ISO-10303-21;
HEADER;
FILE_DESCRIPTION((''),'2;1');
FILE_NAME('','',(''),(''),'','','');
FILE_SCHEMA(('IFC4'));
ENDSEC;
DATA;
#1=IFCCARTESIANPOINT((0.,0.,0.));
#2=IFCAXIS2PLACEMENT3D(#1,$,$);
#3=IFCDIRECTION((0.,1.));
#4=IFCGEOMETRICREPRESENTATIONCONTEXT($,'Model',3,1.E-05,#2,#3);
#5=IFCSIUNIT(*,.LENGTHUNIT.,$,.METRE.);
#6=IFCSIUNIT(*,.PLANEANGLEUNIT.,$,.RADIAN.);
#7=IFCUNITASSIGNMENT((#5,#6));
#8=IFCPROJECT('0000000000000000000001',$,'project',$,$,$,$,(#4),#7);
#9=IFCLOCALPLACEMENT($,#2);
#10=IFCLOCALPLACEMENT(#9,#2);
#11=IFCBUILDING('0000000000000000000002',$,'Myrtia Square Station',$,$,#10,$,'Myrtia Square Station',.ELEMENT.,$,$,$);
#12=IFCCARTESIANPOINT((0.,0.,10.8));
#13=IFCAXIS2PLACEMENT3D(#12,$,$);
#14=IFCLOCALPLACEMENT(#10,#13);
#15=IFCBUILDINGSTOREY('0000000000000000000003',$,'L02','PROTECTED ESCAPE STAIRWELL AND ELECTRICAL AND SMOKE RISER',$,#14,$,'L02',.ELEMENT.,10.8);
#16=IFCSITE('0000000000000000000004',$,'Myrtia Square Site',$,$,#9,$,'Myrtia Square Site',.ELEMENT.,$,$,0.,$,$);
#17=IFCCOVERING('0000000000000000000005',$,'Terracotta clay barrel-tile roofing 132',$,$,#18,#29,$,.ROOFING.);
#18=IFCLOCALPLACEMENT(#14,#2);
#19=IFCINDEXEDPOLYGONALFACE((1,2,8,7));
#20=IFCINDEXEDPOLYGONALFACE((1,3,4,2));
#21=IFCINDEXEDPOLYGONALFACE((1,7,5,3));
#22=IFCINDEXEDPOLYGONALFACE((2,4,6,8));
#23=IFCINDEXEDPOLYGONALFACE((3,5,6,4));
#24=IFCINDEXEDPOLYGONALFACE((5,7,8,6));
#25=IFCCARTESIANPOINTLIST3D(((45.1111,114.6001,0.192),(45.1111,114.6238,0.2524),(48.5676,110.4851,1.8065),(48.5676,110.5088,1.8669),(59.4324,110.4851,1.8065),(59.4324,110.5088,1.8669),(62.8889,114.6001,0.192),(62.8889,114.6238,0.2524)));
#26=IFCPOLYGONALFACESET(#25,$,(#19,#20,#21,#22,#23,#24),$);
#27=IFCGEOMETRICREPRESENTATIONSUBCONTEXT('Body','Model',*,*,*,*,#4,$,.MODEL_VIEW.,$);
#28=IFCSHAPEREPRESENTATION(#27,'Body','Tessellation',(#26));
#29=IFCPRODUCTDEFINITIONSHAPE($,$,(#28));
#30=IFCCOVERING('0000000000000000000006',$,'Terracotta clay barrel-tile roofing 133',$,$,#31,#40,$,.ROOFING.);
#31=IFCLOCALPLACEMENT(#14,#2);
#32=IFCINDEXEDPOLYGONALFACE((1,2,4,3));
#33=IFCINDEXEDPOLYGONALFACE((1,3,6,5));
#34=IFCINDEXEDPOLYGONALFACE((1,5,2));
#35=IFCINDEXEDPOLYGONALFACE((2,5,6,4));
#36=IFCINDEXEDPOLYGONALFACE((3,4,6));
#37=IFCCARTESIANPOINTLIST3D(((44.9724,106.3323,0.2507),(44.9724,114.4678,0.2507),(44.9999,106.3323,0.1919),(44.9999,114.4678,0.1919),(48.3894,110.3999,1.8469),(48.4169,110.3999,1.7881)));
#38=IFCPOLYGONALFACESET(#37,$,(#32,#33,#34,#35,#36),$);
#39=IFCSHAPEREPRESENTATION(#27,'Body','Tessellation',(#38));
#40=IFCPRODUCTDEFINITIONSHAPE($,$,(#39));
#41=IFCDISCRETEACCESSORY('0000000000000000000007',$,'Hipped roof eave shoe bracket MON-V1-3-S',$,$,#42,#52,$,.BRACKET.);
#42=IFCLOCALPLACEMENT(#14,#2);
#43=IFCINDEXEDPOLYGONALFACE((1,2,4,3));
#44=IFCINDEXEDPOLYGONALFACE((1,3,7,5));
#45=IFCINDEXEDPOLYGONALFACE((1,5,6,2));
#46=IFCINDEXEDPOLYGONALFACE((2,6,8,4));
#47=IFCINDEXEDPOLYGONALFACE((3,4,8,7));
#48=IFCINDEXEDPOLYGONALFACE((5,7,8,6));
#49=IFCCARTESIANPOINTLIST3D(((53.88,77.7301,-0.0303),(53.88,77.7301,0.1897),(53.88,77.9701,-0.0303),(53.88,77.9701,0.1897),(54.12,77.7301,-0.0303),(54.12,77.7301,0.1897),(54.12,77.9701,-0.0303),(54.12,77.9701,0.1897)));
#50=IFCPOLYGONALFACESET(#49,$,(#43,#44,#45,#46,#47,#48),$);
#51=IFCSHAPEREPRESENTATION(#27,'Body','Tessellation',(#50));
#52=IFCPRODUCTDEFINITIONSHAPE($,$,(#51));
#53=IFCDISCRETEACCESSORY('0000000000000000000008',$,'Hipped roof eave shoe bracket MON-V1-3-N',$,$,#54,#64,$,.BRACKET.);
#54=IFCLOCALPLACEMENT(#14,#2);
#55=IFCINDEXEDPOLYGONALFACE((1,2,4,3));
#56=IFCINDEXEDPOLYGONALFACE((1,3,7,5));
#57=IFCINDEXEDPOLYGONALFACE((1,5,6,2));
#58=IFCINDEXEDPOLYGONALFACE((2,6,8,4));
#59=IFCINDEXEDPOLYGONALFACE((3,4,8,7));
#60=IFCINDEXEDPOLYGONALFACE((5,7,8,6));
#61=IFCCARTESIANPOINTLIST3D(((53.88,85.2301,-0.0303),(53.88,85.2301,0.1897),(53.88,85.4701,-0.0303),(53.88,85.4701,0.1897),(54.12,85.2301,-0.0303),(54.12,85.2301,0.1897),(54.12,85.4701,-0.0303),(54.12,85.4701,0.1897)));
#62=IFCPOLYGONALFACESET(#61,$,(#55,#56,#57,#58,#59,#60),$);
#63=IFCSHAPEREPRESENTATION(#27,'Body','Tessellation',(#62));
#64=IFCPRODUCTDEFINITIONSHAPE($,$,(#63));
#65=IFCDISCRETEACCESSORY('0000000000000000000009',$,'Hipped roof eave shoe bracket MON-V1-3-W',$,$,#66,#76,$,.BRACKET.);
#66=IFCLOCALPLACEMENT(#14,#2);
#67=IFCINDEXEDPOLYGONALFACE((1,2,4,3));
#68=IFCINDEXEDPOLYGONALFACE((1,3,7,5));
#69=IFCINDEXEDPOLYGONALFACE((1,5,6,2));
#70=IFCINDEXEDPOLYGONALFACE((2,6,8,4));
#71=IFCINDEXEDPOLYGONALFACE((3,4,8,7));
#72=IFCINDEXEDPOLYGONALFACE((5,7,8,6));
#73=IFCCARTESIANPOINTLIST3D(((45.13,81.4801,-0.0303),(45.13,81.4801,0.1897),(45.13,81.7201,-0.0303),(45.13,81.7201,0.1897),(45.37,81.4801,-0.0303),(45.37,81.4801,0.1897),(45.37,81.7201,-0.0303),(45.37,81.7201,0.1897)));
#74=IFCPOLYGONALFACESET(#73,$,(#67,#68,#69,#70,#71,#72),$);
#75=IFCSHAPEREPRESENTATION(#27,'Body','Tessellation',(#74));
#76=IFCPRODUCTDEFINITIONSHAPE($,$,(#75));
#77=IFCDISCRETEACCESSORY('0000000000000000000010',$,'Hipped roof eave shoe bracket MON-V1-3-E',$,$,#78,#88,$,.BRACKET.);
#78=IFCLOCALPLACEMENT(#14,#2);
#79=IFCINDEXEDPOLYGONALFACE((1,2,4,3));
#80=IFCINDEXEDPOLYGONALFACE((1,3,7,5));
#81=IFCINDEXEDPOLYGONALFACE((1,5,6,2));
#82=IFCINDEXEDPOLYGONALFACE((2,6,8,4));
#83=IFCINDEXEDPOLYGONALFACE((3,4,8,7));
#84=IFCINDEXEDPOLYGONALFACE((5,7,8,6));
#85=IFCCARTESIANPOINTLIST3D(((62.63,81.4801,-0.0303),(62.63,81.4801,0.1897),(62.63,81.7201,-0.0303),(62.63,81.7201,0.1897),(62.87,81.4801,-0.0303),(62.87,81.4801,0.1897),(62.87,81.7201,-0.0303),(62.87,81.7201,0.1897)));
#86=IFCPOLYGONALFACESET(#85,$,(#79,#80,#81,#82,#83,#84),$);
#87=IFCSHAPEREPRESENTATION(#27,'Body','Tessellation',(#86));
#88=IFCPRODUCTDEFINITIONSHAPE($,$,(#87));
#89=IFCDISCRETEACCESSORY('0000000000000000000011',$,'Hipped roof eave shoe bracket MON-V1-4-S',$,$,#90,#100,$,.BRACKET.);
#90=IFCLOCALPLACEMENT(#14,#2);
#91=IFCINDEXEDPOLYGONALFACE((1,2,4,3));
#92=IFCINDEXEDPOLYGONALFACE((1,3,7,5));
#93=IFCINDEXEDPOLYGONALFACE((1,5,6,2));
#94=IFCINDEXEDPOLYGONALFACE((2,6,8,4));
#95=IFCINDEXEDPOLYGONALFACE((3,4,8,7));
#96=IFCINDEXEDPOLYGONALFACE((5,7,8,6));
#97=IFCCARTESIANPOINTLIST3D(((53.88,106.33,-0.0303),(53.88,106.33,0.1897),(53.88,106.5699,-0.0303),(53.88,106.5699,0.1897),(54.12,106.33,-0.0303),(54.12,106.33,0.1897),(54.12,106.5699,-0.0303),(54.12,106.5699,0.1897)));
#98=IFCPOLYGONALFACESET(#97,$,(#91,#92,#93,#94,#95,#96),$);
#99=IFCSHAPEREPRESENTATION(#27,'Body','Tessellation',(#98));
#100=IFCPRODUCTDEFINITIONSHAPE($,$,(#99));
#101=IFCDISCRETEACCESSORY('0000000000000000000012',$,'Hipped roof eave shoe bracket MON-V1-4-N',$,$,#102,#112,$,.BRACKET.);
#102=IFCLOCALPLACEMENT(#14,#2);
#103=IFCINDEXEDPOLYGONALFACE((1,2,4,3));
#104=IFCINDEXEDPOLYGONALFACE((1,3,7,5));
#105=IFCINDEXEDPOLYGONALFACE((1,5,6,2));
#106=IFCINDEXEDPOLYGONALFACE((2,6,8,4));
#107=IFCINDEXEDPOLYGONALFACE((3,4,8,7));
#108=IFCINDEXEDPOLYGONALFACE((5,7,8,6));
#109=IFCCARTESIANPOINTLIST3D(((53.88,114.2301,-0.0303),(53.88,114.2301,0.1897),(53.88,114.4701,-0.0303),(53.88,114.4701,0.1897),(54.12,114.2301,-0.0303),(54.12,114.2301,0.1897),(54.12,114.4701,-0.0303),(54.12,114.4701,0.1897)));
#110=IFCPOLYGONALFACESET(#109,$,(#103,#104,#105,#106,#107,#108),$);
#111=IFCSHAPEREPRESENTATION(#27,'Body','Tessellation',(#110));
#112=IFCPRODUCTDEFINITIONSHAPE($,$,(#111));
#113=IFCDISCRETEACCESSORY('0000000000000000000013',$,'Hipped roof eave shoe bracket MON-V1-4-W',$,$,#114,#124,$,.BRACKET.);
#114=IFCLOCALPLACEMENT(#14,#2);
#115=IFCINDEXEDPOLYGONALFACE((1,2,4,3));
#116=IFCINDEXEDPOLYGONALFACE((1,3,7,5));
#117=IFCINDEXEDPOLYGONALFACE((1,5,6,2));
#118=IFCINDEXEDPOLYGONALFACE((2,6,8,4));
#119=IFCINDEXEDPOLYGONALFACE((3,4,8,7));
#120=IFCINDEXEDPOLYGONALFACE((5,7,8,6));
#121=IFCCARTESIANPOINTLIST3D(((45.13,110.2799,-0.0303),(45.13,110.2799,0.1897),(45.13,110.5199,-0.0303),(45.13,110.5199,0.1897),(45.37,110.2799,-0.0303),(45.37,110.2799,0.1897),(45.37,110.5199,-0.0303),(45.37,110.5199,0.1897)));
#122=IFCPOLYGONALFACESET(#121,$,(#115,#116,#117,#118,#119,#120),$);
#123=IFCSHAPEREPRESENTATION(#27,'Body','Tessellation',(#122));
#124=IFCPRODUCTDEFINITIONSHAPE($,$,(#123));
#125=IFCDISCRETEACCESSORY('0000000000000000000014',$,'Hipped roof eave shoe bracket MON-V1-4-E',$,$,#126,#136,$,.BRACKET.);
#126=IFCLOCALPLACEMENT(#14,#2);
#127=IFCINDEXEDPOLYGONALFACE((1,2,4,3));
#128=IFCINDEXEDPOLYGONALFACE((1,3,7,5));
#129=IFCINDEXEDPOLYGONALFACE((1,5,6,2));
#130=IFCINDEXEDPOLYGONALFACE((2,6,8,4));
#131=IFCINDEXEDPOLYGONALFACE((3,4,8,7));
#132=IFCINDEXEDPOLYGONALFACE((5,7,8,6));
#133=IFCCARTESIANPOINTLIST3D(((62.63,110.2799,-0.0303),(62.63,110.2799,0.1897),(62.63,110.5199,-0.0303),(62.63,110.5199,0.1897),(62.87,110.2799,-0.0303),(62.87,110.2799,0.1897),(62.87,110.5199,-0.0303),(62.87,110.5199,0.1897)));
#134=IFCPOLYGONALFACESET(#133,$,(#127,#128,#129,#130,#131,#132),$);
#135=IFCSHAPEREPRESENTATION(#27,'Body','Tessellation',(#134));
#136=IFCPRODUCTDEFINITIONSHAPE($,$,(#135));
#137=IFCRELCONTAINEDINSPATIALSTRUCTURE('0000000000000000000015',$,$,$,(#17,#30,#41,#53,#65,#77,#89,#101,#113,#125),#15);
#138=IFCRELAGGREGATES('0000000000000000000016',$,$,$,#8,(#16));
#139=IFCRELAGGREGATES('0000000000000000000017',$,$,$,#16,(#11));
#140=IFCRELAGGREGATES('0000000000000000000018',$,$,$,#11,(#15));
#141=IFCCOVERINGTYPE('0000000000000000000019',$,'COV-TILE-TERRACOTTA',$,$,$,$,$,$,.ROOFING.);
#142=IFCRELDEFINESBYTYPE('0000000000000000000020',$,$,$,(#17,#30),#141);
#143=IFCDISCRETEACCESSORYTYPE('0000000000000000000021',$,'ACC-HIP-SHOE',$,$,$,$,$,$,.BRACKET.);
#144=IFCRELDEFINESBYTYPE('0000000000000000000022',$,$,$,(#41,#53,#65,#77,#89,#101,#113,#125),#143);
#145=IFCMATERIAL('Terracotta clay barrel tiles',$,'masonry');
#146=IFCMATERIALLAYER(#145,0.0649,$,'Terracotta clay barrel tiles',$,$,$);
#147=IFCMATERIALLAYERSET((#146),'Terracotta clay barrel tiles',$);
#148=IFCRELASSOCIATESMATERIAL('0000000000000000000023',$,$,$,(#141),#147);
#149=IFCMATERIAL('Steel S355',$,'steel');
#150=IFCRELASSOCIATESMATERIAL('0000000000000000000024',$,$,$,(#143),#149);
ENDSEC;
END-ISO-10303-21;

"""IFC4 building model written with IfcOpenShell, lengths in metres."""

from ifc_helpers import new_model, si_unit, direction, frame, origin, origin_2d, place, context, subcontext, project, spatial, polyline, rectangle, outline, extrude, material, layer, layer_set, type_object, element, save


model = new_model("IFC4")

# Units and contexts
model_context = context("Model", 3, precision=1e-05, world=origin(), true_north=direction((0.0, 1.0)))
body_context = subcontext(model_context, "Body", "Model", "MODEL_VIEW")
ifc_project = project(units=[si_unit("LENGTHUNIT", "METRE"), si_unit("PLANEANGLEUNIT", "RADIAN")], contexts=[model_context])

# Site, building, storey
site_placement = place(None, origin())
site = spatial("IfcSite", under=ifc_project, at=site_placement, Name="Myrtia Square Site", LongName="Myrtia Square Site", CompositionType="ELEMENT", RefElevation=0.0)
building_placement = place(site_placement, origin())
building = spatial("IfcBuilding", under=site, at=building_placement, Name="Myrtia Square Station", LongName="Myrtia Square Station", CompositionType="ELEMENT")
storey_placement = place(building_placement, frame((0.0, 0.0, 10.8)))
storey = spatial("IfcBuildingStorey", under=building, at=storey_placement, Name="L02", Description="PROTECTED ESCAPE STAIRWELL AND ELECTRICAL AND SMOKE RISER", LongName="L02", CompositionType="ELEMENT", Elevation=10.8)

# Coverings
ifc_material_1 = material(Name="Terracotta clay barrel tiles", Category="masonry")
ifc_layer_1 = layer(ifc_material_1, 0.0649, Name="Terracotta clay barrel tiles")
ifc_layer_set_1 = layer_set([ifc_layer_1], Name="Terracotta clay barrel tiles")
covering_type = type_object("IfcCoveringType", Name="COV-TILE-TERRACOTTA", PredefinedType="ROOFING", material=ifc_layer_set_1)
for number, where, z_axis, x_axis, name in (
    (1, (62.8889, 114.6238, 0.2524), (0.0, 0.365241, 0.930913), (-1.0, 0.0, 0.0), "Terracotta clay barrel-tile roofing 132"),
):
    element("IfcCovering", number, at=place(storey_placement, frame(where, z_axis=z_axis, x_axis=x_axis)), inside=storey, type_object=covering_type, Name=name, PredefinedType="ROOFING", context=body_context, shape_type="SweptSolid", body=[
        extrude(outline(polyline([(0.0, 0.0), (17.7778, 0.0), (14.3213, 4.4204), (3.4565, 4.4204), (0.0, 0.0)])), origin(), (0.0, 0.0, -1.0), 0.0649),
    ])
covering_1_placement = place(storey_placement, frame((44.9724, 114.4678, 0.2507), z_axis=(-0.423233, 0.0, 0.906021), x_axis=(0.0, -1.0, 0.0)))
element("IfcCovering", 2, at=covering_1_placement, inside=storey, type_object=covering_type, Name="Terracotta clay barrel-tile roofing 133", PredefinedType="ROOFING", context=body_context, shape_type="SweptSolid", body=[
    extrude(outline(polyline([(0.0, 0.0), (8.1355, 0.0), (4.0679, 3.7714), (0.0, 0.0)])), origin(), (0.0, 0.0, -1.0), 0.0649),
])

# Discrete accessories
ifc_material_2 = material(Name="Steel S355", Category="steel")
discrete_accessory_type = type_object("IfcDiscreteAccessoryType", Name="ACC-HIP-SHOE", PredefinedType="BRACKET", material=ifc_material_2)
for number, where, z_axis, x_axis, name in (
    (3, (54.0, 77.8501, -0.0303), (0.0, 0.0, 1.0), (1.0, 0.0, 0.0), "Hipped roof eave shoe bracket MON-V1-3-S"),
    (4, (54.0, 85.3501, -0.0303), (0.0, 0.0, 1.0), (1.0, 0.0, 0.0), "Hipped roof eave shoe bracket MON-V1-3-N"),
    (5, (45.25, 81.6001, -0.0303), (0.0, 0.0, 1.0), (1.0, 0.0, 0.0), "Hipped roof eave shoe bracket MON-V1-3-W"),
    (6, (62.75, 81.6001, -0.0303), (0.0, 0.0, 1.0), (1.0, 0.0, 0.0), "Hipped roof eave shoe bracket MON-V1-3-E"),
    (7, (54.0, 106.45, -0.0303), (0.0, 0.0, 1.0), (1.0, 0.0, 0.0), "Hipped roof eave shoe bracket MON-V1-4-S"),
    (8, (54.0, 114.3501, -0.0303), (0.0, 0.0, 1.0), (1.0, 0.0, 0.0), "Hipped roof eave shoe bracket MON-V1-4-N"),
    (9, (45.25, 110.3999, -0.0303), (0.0, 0.0, 1.0), (1.0, 0.0, 0.0), "Hipped roof eave shoe bracket MON-V1-4-W"),
    (10, (62.75, 110.3999, -0.0303), (0.0, 0.0, 1.0), (1.0, 0.0, 0.0), "Hipped roof eave shoe bracket MON-V1-4-E"),
):
    element("IfcDiscreteAccessory", number, at=place(storey_placement, frame(where, z_axis=z_axis, x_axis=x_axis)), inside=storey, type_object=discrete_accessory_type, Name=name, PredefinedType="BRACKET", context=body_context, shape_type="SweptSolid", body=[
        extrude(rectangle(XDim=0.24, YDim=0.24, at=origin_2d()), origin(), (0.0, 0.0, 1.0), 0.22),
    ])

save(model, "model.ifc")
